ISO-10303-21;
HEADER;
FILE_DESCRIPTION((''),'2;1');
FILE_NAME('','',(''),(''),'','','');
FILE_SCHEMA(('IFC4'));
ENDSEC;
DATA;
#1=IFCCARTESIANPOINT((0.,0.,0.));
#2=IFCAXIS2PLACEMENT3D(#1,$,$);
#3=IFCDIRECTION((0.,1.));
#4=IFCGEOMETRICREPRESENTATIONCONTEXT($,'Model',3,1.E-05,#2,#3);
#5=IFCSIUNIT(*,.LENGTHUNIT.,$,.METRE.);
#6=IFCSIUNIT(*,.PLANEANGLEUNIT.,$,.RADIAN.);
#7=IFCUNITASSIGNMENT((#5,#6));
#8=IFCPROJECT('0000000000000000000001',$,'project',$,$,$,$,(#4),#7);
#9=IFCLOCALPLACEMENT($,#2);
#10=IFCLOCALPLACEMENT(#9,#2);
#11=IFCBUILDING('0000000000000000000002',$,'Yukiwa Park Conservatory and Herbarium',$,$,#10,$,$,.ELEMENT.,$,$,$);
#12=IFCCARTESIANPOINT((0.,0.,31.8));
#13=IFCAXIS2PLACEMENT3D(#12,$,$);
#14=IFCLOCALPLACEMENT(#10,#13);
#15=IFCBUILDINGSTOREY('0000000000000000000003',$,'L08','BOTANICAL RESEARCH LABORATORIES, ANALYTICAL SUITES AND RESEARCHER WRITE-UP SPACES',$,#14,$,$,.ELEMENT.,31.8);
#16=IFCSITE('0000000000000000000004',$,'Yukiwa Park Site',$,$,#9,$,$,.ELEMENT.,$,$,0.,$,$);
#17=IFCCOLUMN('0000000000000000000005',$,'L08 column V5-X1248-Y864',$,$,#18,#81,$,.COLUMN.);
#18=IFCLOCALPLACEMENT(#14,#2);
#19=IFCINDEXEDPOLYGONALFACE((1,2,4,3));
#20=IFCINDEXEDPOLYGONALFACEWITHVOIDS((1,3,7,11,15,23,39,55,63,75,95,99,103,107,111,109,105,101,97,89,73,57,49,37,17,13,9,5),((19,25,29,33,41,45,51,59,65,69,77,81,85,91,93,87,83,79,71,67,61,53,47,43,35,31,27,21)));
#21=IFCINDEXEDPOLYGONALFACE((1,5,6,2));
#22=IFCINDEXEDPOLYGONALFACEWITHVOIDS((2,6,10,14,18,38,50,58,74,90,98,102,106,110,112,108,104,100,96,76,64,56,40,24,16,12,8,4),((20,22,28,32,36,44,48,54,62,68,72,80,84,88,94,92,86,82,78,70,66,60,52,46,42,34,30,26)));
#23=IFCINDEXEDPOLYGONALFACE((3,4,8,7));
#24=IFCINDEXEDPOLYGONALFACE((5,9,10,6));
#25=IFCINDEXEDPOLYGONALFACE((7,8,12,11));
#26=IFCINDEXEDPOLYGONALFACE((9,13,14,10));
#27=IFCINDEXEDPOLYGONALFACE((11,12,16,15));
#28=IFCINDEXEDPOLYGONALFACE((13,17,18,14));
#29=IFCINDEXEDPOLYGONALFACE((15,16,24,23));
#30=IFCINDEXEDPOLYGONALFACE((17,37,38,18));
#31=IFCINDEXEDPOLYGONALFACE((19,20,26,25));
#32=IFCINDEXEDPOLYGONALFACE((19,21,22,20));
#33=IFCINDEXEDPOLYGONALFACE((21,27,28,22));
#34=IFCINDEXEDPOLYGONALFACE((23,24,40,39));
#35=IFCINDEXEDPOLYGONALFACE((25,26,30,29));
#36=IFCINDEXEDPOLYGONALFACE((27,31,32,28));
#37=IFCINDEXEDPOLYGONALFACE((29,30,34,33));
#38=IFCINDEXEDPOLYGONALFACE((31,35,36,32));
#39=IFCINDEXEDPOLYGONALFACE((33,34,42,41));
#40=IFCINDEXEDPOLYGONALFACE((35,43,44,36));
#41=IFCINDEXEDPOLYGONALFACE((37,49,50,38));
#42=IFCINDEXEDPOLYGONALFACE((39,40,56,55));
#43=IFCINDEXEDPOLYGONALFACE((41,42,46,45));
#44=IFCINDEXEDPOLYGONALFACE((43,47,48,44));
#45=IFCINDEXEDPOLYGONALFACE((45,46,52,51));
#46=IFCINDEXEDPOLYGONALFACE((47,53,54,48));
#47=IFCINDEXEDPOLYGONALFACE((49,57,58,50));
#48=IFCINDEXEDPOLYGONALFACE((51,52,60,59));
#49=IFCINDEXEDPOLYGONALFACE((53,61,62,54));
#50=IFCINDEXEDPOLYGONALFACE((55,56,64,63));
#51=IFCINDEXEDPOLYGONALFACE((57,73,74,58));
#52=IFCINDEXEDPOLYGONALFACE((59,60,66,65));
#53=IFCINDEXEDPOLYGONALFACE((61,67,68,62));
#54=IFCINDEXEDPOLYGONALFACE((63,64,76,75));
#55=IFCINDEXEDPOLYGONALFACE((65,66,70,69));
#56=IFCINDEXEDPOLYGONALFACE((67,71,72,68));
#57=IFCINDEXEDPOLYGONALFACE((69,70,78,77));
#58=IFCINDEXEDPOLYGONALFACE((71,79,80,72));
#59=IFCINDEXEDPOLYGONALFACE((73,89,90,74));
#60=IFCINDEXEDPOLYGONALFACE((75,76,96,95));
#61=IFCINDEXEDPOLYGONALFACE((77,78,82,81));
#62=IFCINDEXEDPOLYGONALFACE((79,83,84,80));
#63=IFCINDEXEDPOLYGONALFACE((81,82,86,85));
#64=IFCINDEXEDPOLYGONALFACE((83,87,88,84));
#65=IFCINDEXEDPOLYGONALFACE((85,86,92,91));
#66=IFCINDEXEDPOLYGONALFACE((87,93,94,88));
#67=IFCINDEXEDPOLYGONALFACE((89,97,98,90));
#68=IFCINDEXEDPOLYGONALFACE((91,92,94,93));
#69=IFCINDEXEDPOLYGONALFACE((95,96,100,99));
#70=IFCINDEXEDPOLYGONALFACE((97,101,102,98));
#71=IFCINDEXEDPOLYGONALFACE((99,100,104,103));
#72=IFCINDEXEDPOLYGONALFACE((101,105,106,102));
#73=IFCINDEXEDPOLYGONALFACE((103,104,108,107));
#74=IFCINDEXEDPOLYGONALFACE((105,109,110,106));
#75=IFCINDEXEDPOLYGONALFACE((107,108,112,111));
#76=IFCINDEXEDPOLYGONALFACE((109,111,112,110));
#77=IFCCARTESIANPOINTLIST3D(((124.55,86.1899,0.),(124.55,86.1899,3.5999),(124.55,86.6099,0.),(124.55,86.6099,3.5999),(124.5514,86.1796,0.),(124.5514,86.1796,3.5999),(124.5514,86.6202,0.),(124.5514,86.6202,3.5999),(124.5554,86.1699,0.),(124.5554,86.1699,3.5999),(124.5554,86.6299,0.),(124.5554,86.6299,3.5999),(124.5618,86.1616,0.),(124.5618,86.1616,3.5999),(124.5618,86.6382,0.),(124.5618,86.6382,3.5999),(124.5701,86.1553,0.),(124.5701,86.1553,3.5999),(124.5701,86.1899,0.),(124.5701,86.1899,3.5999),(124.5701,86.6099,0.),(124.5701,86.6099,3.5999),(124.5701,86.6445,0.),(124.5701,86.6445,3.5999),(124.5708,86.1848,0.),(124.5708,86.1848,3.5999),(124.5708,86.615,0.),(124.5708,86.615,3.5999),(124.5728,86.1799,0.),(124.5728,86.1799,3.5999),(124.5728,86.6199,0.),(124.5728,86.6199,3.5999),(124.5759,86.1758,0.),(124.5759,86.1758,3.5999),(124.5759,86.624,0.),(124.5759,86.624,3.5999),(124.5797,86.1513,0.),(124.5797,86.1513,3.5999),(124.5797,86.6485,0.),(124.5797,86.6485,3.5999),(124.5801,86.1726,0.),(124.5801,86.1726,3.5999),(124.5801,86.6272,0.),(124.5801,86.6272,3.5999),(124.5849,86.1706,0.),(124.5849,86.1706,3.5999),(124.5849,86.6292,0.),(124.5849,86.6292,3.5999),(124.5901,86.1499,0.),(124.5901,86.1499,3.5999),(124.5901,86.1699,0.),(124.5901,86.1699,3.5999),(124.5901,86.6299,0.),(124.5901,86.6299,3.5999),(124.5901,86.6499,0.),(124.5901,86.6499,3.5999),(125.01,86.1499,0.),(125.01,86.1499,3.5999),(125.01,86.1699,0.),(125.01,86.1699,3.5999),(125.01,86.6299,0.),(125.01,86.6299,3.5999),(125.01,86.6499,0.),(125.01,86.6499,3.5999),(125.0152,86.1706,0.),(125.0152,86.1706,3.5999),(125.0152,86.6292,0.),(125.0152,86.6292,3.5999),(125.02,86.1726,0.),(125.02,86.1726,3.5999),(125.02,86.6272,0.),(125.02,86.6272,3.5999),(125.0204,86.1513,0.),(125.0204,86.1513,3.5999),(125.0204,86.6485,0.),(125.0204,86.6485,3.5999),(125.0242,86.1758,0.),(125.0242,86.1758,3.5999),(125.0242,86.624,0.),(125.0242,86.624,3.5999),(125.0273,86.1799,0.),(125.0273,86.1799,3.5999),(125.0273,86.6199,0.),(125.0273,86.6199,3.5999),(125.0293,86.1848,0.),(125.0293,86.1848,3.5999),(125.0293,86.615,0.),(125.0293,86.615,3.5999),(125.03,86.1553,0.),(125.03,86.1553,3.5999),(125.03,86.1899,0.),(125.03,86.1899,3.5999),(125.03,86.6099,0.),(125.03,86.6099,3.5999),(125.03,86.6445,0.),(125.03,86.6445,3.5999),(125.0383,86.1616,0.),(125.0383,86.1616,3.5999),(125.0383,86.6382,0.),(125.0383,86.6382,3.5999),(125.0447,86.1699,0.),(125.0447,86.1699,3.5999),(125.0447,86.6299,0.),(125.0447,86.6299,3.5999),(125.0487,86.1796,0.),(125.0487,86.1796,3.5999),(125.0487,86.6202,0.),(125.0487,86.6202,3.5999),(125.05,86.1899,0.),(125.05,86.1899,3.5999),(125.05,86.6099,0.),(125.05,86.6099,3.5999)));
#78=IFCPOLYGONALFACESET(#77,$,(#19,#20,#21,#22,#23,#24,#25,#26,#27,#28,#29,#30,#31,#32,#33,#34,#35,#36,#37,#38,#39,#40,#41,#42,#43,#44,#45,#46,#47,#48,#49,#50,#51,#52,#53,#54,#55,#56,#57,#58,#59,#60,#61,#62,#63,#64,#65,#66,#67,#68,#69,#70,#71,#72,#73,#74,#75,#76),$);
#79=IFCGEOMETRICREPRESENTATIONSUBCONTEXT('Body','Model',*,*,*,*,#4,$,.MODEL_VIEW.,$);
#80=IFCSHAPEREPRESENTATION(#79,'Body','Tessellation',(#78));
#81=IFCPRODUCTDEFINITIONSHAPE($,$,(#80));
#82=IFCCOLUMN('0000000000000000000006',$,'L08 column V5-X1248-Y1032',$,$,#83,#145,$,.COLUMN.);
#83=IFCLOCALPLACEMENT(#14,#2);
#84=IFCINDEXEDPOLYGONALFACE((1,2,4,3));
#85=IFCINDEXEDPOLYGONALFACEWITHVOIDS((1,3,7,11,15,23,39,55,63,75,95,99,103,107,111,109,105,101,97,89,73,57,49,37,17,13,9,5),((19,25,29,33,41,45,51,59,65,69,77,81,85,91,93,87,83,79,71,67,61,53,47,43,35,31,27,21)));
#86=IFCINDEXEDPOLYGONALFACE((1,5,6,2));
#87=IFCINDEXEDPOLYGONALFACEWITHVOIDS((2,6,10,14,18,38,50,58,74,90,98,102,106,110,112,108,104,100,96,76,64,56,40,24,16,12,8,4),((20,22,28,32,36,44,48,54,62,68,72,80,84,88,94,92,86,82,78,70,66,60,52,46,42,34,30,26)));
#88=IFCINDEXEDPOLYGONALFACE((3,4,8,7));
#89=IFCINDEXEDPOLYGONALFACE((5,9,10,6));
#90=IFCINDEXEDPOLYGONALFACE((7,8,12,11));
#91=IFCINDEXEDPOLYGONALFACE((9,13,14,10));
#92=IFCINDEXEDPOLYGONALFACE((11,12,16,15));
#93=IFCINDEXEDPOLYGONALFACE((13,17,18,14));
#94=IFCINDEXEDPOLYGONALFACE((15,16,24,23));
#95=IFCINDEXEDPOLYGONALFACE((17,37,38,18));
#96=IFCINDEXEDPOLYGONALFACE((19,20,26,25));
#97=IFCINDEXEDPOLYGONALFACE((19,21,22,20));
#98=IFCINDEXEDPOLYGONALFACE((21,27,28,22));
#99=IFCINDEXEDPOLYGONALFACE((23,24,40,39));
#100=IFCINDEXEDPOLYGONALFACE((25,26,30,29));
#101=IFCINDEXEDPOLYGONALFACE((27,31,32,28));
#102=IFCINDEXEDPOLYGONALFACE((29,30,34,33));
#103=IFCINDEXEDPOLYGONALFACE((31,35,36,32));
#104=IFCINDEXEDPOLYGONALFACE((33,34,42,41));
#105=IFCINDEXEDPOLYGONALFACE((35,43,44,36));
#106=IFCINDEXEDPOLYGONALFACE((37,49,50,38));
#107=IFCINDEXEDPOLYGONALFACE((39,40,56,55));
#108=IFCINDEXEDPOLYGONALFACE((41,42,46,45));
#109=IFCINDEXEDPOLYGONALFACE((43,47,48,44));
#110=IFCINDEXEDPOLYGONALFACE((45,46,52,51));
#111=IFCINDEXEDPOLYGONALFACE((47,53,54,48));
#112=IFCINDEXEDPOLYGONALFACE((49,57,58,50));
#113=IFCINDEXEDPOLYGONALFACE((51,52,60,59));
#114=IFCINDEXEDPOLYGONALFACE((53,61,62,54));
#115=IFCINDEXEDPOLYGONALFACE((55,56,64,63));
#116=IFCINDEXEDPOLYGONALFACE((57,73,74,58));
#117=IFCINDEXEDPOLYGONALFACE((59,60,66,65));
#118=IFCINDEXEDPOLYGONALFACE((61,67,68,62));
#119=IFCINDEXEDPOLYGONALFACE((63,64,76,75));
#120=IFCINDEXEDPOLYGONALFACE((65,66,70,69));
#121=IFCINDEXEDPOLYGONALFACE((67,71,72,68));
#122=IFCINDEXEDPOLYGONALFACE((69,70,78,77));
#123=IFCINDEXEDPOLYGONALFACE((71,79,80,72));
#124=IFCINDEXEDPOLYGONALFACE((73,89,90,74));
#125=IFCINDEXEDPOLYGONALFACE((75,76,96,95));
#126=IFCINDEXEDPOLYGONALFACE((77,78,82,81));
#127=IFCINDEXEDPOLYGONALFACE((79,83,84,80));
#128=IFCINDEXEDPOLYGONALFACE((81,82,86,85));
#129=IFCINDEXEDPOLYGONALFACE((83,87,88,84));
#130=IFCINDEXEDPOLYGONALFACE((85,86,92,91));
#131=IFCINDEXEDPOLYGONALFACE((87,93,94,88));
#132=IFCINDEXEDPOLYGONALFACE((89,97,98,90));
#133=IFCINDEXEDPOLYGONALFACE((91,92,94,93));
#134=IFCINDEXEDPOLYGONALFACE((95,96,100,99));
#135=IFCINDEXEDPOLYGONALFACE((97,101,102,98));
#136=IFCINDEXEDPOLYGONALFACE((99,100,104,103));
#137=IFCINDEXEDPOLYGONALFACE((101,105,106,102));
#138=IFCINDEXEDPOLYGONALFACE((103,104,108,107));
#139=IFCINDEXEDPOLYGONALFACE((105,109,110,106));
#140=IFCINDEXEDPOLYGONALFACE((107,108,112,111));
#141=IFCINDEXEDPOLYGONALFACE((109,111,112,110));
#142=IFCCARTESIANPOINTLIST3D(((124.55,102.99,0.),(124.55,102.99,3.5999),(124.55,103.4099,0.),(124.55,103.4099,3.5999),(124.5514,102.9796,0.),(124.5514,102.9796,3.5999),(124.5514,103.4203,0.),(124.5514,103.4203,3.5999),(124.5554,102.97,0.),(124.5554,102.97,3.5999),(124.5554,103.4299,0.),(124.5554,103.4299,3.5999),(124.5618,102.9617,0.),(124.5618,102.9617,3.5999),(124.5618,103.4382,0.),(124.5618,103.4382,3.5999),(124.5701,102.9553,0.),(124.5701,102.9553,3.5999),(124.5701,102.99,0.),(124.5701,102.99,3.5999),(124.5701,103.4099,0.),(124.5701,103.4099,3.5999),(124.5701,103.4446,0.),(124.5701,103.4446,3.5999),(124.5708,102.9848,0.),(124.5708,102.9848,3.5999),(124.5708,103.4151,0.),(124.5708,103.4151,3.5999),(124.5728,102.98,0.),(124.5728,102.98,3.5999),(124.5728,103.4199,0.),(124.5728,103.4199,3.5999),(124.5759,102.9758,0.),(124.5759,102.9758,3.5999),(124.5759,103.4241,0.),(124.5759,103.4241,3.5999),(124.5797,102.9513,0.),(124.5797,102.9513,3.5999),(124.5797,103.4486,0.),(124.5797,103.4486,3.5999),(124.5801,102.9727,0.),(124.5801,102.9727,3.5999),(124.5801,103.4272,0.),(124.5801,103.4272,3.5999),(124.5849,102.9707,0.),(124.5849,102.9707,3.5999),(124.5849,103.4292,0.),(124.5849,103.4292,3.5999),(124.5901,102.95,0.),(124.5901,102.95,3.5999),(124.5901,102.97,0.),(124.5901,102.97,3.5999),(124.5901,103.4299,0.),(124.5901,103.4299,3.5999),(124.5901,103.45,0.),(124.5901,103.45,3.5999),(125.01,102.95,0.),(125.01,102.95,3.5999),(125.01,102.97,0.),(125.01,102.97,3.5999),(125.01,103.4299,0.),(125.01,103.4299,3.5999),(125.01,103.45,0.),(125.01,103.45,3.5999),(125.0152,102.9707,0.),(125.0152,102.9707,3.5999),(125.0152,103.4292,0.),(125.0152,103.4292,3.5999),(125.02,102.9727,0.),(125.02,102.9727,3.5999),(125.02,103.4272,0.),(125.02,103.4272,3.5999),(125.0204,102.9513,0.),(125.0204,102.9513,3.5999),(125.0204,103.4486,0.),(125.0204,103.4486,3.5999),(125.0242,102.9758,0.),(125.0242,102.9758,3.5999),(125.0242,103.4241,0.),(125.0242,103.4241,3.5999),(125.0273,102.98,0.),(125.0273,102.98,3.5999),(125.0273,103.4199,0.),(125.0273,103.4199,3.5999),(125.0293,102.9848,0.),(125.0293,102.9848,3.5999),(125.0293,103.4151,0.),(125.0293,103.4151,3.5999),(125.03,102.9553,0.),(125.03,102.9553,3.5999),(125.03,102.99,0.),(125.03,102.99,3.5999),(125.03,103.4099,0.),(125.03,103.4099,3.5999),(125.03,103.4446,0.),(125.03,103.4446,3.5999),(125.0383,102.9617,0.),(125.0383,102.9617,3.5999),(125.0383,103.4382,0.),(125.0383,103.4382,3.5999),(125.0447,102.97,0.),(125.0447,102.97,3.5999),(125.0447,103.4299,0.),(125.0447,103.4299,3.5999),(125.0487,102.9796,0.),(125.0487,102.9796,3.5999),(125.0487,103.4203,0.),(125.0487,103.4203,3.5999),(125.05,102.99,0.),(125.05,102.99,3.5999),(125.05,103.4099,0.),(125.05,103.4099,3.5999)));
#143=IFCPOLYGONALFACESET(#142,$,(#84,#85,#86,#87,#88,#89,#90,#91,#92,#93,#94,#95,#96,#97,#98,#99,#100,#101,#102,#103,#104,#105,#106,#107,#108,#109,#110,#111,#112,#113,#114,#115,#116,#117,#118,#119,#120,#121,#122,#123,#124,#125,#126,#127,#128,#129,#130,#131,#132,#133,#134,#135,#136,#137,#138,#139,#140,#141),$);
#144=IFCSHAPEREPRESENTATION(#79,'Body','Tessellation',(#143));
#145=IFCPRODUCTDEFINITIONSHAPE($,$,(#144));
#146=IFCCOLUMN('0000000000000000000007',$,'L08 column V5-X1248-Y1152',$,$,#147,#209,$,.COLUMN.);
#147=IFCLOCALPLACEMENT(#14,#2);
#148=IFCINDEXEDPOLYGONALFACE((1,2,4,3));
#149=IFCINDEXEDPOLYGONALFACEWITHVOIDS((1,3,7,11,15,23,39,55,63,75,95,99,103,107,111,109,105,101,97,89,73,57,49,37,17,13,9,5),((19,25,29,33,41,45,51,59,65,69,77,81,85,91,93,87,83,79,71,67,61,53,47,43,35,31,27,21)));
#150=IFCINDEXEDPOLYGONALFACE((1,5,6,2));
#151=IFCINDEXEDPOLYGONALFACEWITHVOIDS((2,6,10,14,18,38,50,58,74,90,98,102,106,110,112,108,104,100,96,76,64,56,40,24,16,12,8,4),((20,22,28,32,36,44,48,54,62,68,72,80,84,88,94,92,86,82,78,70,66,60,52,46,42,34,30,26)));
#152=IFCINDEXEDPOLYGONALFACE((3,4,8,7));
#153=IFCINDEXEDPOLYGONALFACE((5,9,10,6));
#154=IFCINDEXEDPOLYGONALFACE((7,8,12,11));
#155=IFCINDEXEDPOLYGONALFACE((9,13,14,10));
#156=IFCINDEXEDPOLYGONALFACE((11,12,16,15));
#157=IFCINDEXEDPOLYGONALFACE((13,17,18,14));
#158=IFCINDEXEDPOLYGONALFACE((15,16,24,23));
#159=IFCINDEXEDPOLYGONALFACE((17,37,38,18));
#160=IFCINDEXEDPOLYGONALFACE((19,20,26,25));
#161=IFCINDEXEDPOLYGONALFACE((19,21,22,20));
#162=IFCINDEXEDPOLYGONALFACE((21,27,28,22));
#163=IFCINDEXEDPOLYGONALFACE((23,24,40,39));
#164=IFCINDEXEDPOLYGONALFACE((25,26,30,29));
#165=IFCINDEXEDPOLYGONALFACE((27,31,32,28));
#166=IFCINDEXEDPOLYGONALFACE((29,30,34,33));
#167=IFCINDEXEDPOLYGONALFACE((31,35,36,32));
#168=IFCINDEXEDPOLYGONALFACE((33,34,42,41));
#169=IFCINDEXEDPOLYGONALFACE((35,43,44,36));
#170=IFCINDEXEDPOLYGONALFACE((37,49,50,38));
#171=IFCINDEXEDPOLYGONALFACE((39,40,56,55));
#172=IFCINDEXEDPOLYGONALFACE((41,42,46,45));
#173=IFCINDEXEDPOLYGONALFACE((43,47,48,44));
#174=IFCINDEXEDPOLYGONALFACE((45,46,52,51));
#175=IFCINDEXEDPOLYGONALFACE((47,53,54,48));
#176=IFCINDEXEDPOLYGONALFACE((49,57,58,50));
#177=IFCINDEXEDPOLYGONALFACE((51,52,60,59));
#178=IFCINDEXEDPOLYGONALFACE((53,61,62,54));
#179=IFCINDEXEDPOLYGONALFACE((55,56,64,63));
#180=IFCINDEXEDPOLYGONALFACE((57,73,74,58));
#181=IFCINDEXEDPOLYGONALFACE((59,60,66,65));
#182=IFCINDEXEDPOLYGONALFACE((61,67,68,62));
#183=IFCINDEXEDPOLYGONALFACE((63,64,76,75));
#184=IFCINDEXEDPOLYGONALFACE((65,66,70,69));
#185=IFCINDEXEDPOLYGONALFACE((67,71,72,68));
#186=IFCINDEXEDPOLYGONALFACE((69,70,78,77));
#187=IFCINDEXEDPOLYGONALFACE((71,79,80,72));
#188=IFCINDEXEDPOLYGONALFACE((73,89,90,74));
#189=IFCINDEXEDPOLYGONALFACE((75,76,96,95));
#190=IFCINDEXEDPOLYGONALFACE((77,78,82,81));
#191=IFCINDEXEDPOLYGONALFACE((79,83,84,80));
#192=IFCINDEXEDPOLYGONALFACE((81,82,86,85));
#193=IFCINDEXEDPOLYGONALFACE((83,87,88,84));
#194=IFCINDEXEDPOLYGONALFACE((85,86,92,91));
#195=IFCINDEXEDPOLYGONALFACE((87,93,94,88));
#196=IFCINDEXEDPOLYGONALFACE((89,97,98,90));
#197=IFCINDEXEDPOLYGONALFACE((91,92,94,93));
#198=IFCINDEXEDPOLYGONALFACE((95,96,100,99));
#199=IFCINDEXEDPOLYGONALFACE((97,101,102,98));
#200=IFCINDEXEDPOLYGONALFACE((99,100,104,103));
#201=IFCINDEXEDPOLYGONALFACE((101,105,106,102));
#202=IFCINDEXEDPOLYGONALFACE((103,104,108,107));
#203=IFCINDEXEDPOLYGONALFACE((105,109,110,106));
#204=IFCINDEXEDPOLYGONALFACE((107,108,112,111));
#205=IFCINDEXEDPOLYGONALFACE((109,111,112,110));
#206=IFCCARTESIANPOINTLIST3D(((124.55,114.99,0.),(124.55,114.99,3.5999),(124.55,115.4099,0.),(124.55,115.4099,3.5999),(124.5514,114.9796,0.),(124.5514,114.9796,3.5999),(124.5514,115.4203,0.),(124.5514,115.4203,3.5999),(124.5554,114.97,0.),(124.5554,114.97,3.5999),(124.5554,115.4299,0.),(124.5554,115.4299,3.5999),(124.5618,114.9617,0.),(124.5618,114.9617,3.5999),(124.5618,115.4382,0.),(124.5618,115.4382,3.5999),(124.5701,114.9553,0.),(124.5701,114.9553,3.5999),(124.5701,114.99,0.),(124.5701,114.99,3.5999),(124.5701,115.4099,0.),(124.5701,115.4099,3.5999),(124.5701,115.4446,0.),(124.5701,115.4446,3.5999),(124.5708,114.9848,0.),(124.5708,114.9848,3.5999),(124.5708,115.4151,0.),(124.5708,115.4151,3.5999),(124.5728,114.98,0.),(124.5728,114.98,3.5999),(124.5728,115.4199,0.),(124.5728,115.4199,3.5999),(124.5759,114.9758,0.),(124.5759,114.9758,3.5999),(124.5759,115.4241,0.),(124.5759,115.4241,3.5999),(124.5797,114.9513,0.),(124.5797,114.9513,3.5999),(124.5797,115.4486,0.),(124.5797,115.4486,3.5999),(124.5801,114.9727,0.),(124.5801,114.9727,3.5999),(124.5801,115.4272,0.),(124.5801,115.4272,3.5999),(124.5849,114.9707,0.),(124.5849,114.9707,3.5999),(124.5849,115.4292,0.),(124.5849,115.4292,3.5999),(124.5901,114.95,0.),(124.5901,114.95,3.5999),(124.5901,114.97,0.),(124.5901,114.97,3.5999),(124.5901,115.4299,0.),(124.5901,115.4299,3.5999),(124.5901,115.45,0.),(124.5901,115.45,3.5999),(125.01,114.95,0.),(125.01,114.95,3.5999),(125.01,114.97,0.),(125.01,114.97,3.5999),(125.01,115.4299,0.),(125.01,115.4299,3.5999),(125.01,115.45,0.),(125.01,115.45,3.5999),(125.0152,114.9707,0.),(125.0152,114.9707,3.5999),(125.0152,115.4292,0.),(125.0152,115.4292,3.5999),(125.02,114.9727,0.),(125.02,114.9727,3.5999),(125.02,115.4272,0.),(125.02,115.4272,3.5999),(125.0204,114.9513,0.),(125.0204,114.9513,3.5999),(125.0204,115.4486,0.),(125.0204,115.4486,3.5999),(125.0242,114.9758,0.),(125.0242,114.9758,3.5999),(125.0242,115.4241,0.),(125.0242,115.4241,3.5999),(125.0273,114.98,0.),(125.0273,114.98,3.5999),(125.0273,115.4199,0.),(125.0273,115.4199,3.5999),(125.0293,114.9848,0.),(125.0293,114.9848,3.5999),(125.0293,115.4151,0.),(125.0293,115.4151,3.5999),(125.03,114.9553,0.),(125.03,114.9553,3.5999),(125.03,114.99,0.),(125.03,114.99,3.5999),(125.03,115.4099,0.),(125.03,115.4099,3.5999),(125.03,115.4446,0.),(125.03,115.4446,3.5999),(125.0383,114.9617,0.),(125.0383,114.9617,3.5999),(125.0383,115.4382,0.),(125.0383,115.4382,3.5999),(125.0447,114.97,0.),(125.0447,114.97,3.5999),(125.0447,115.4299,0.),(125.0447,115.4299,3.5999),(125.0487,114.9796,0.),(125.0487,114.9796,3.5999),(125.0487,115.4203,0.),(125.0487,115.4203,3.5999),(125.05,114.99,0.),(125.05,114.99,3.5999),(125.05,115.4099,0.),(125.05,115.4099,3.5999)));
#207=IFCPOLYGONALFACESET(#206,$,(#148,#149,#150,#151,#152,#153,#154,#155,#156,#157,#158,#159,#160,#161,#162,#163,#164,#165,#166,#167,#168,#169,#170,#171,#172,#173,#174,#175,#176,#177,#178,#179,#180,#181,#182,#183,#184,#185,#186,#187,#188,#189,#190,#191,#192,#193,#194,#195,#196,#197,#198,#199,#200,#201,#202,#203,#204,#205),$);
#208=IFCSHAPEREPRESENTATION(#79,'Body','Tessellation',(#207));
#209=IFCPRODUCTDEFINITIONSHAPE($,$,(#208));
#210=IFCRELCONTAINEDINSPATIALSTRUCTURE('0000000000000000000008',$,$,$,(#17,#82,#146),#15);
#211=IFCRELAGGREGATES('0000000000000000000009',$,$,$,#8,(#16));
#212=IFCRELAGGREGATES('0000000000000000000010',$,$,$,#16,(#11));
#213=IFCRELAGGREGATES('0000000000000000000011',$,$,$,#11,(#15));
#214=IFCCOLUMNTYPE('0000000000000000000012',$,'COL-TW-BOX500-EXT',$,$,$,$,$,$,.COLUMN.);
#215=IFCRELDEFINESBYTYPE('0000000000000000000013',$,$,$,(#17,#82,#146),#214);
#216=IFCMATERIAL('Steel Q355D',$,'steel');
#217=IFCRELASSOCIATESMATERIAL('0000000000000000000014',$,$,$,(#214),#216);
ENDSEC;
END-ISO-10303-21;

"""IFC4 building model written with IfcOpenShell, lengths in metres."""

from ifc_helpers import new_model, si_unit, direction, frame, origin, origin_2d, place, context, subcontext, project, spatial, hollow_rectangle, extrude, material, material_profile, profile_set, type_object, element, save


model = new_model("IFC4")

# Units and contexts
model_context = context("Model", 3, precision=1e-05, world=origin(), true_north=direction((0.0, 1.0)))
body_context = subcontext(model_context, "Body", "Model", "MODEL_VIEW")
ifc_project = project(units=[si_unit("LENGTHUNIT", "METRE"), si_unit("PLANEANGLEUNIT", "RADIAN")], contexts=[model_context])

# Site, building, storey
site_placement = place(None, origin())
site = spatial("IfcSite", under=ifc_project, at=site_placement, Name="Yukiwa Park Site", CompositionType="ELEMENT", RefElevation=0.0)
building_placement = place(site_placement, origin())
building = spatial("IfcBuilding", under=site, at=building_placement, Name="Yukiwa Park Conservatory and Herbarium", CompositionType="ELEMENT")
storey_placement = place(building_placement, frame((0.0, 0.0, 31.8)))
storey = spatial("IfcBuildingStorey", under=building, at=storey_placement, Name="L08", Description="BOTANICAL RESEARCH LABORATORIES, ANALYTICAL SUITES AND RESEARCHER WRITE-UP SPACES", CompositionType="ELEMENT", Elevation=31.8)

# Columns
ifc_material_1 = material(Name="Steel Q355D", Category="steel")
ifc_material_profile_1 = material_profile(ifc_material_1, hollow_rectangle(XDim=0.5, YDim=0.5, WallThickness=0.02, InnerFilletRadius=0.02, OuterFilletRadius=0.04, at=origin_2d()), Name="BOX 500x500x20")
ifc_profile_set_1 = profile_set([ifc_material_profile_1], Name="Steel Q355D")
column_type_1 = type_object("IfcColumnType", Name="COL-TW-BOX500-EXT", PredefinedType="COLUMN", material=ifc_profile_set_1)
for number, where, z_axis, x_axis, name in (
    (1, (124.8, 86.3999, 0.0), (0.0, 0.0, 1.0), (1.0, 0.0, 0.0), "L08 column V5-X1248-Y864"),
    (2, (124.8, 103.2, 0.0), (0.0, 0.0, 1.0), (1.0, 0.0, 0.0), "L08 column V5-X1248-Y1032"),
    (3, (124.8, 115.2, 0.0), (0.0, 0.0, 1.0), (1.0, 0.0, 0.0), "L08 column V5-X1248-Y1152"),
):
    element("IfcColumn", number, at=place(storey_placement, frame(where, z_axis=z_axis, x_axis=x_axis)), inside=storey, type_object=column_type_1, Name=name, PredefinedType="COLUMN", context=body_context, shape_type="SweptSolid", body=[
        extrude(hollow_rectangle(XDim=0.5, YDim=0.5, WallThickness=0.02, InnerFilletRadius=0.02, OuterFilletRadius=0.04, at=origin_2d()), origin(), (0.0, 0.0, 1.0), 3.5999),
    ])

save(model, "model.ifc")
